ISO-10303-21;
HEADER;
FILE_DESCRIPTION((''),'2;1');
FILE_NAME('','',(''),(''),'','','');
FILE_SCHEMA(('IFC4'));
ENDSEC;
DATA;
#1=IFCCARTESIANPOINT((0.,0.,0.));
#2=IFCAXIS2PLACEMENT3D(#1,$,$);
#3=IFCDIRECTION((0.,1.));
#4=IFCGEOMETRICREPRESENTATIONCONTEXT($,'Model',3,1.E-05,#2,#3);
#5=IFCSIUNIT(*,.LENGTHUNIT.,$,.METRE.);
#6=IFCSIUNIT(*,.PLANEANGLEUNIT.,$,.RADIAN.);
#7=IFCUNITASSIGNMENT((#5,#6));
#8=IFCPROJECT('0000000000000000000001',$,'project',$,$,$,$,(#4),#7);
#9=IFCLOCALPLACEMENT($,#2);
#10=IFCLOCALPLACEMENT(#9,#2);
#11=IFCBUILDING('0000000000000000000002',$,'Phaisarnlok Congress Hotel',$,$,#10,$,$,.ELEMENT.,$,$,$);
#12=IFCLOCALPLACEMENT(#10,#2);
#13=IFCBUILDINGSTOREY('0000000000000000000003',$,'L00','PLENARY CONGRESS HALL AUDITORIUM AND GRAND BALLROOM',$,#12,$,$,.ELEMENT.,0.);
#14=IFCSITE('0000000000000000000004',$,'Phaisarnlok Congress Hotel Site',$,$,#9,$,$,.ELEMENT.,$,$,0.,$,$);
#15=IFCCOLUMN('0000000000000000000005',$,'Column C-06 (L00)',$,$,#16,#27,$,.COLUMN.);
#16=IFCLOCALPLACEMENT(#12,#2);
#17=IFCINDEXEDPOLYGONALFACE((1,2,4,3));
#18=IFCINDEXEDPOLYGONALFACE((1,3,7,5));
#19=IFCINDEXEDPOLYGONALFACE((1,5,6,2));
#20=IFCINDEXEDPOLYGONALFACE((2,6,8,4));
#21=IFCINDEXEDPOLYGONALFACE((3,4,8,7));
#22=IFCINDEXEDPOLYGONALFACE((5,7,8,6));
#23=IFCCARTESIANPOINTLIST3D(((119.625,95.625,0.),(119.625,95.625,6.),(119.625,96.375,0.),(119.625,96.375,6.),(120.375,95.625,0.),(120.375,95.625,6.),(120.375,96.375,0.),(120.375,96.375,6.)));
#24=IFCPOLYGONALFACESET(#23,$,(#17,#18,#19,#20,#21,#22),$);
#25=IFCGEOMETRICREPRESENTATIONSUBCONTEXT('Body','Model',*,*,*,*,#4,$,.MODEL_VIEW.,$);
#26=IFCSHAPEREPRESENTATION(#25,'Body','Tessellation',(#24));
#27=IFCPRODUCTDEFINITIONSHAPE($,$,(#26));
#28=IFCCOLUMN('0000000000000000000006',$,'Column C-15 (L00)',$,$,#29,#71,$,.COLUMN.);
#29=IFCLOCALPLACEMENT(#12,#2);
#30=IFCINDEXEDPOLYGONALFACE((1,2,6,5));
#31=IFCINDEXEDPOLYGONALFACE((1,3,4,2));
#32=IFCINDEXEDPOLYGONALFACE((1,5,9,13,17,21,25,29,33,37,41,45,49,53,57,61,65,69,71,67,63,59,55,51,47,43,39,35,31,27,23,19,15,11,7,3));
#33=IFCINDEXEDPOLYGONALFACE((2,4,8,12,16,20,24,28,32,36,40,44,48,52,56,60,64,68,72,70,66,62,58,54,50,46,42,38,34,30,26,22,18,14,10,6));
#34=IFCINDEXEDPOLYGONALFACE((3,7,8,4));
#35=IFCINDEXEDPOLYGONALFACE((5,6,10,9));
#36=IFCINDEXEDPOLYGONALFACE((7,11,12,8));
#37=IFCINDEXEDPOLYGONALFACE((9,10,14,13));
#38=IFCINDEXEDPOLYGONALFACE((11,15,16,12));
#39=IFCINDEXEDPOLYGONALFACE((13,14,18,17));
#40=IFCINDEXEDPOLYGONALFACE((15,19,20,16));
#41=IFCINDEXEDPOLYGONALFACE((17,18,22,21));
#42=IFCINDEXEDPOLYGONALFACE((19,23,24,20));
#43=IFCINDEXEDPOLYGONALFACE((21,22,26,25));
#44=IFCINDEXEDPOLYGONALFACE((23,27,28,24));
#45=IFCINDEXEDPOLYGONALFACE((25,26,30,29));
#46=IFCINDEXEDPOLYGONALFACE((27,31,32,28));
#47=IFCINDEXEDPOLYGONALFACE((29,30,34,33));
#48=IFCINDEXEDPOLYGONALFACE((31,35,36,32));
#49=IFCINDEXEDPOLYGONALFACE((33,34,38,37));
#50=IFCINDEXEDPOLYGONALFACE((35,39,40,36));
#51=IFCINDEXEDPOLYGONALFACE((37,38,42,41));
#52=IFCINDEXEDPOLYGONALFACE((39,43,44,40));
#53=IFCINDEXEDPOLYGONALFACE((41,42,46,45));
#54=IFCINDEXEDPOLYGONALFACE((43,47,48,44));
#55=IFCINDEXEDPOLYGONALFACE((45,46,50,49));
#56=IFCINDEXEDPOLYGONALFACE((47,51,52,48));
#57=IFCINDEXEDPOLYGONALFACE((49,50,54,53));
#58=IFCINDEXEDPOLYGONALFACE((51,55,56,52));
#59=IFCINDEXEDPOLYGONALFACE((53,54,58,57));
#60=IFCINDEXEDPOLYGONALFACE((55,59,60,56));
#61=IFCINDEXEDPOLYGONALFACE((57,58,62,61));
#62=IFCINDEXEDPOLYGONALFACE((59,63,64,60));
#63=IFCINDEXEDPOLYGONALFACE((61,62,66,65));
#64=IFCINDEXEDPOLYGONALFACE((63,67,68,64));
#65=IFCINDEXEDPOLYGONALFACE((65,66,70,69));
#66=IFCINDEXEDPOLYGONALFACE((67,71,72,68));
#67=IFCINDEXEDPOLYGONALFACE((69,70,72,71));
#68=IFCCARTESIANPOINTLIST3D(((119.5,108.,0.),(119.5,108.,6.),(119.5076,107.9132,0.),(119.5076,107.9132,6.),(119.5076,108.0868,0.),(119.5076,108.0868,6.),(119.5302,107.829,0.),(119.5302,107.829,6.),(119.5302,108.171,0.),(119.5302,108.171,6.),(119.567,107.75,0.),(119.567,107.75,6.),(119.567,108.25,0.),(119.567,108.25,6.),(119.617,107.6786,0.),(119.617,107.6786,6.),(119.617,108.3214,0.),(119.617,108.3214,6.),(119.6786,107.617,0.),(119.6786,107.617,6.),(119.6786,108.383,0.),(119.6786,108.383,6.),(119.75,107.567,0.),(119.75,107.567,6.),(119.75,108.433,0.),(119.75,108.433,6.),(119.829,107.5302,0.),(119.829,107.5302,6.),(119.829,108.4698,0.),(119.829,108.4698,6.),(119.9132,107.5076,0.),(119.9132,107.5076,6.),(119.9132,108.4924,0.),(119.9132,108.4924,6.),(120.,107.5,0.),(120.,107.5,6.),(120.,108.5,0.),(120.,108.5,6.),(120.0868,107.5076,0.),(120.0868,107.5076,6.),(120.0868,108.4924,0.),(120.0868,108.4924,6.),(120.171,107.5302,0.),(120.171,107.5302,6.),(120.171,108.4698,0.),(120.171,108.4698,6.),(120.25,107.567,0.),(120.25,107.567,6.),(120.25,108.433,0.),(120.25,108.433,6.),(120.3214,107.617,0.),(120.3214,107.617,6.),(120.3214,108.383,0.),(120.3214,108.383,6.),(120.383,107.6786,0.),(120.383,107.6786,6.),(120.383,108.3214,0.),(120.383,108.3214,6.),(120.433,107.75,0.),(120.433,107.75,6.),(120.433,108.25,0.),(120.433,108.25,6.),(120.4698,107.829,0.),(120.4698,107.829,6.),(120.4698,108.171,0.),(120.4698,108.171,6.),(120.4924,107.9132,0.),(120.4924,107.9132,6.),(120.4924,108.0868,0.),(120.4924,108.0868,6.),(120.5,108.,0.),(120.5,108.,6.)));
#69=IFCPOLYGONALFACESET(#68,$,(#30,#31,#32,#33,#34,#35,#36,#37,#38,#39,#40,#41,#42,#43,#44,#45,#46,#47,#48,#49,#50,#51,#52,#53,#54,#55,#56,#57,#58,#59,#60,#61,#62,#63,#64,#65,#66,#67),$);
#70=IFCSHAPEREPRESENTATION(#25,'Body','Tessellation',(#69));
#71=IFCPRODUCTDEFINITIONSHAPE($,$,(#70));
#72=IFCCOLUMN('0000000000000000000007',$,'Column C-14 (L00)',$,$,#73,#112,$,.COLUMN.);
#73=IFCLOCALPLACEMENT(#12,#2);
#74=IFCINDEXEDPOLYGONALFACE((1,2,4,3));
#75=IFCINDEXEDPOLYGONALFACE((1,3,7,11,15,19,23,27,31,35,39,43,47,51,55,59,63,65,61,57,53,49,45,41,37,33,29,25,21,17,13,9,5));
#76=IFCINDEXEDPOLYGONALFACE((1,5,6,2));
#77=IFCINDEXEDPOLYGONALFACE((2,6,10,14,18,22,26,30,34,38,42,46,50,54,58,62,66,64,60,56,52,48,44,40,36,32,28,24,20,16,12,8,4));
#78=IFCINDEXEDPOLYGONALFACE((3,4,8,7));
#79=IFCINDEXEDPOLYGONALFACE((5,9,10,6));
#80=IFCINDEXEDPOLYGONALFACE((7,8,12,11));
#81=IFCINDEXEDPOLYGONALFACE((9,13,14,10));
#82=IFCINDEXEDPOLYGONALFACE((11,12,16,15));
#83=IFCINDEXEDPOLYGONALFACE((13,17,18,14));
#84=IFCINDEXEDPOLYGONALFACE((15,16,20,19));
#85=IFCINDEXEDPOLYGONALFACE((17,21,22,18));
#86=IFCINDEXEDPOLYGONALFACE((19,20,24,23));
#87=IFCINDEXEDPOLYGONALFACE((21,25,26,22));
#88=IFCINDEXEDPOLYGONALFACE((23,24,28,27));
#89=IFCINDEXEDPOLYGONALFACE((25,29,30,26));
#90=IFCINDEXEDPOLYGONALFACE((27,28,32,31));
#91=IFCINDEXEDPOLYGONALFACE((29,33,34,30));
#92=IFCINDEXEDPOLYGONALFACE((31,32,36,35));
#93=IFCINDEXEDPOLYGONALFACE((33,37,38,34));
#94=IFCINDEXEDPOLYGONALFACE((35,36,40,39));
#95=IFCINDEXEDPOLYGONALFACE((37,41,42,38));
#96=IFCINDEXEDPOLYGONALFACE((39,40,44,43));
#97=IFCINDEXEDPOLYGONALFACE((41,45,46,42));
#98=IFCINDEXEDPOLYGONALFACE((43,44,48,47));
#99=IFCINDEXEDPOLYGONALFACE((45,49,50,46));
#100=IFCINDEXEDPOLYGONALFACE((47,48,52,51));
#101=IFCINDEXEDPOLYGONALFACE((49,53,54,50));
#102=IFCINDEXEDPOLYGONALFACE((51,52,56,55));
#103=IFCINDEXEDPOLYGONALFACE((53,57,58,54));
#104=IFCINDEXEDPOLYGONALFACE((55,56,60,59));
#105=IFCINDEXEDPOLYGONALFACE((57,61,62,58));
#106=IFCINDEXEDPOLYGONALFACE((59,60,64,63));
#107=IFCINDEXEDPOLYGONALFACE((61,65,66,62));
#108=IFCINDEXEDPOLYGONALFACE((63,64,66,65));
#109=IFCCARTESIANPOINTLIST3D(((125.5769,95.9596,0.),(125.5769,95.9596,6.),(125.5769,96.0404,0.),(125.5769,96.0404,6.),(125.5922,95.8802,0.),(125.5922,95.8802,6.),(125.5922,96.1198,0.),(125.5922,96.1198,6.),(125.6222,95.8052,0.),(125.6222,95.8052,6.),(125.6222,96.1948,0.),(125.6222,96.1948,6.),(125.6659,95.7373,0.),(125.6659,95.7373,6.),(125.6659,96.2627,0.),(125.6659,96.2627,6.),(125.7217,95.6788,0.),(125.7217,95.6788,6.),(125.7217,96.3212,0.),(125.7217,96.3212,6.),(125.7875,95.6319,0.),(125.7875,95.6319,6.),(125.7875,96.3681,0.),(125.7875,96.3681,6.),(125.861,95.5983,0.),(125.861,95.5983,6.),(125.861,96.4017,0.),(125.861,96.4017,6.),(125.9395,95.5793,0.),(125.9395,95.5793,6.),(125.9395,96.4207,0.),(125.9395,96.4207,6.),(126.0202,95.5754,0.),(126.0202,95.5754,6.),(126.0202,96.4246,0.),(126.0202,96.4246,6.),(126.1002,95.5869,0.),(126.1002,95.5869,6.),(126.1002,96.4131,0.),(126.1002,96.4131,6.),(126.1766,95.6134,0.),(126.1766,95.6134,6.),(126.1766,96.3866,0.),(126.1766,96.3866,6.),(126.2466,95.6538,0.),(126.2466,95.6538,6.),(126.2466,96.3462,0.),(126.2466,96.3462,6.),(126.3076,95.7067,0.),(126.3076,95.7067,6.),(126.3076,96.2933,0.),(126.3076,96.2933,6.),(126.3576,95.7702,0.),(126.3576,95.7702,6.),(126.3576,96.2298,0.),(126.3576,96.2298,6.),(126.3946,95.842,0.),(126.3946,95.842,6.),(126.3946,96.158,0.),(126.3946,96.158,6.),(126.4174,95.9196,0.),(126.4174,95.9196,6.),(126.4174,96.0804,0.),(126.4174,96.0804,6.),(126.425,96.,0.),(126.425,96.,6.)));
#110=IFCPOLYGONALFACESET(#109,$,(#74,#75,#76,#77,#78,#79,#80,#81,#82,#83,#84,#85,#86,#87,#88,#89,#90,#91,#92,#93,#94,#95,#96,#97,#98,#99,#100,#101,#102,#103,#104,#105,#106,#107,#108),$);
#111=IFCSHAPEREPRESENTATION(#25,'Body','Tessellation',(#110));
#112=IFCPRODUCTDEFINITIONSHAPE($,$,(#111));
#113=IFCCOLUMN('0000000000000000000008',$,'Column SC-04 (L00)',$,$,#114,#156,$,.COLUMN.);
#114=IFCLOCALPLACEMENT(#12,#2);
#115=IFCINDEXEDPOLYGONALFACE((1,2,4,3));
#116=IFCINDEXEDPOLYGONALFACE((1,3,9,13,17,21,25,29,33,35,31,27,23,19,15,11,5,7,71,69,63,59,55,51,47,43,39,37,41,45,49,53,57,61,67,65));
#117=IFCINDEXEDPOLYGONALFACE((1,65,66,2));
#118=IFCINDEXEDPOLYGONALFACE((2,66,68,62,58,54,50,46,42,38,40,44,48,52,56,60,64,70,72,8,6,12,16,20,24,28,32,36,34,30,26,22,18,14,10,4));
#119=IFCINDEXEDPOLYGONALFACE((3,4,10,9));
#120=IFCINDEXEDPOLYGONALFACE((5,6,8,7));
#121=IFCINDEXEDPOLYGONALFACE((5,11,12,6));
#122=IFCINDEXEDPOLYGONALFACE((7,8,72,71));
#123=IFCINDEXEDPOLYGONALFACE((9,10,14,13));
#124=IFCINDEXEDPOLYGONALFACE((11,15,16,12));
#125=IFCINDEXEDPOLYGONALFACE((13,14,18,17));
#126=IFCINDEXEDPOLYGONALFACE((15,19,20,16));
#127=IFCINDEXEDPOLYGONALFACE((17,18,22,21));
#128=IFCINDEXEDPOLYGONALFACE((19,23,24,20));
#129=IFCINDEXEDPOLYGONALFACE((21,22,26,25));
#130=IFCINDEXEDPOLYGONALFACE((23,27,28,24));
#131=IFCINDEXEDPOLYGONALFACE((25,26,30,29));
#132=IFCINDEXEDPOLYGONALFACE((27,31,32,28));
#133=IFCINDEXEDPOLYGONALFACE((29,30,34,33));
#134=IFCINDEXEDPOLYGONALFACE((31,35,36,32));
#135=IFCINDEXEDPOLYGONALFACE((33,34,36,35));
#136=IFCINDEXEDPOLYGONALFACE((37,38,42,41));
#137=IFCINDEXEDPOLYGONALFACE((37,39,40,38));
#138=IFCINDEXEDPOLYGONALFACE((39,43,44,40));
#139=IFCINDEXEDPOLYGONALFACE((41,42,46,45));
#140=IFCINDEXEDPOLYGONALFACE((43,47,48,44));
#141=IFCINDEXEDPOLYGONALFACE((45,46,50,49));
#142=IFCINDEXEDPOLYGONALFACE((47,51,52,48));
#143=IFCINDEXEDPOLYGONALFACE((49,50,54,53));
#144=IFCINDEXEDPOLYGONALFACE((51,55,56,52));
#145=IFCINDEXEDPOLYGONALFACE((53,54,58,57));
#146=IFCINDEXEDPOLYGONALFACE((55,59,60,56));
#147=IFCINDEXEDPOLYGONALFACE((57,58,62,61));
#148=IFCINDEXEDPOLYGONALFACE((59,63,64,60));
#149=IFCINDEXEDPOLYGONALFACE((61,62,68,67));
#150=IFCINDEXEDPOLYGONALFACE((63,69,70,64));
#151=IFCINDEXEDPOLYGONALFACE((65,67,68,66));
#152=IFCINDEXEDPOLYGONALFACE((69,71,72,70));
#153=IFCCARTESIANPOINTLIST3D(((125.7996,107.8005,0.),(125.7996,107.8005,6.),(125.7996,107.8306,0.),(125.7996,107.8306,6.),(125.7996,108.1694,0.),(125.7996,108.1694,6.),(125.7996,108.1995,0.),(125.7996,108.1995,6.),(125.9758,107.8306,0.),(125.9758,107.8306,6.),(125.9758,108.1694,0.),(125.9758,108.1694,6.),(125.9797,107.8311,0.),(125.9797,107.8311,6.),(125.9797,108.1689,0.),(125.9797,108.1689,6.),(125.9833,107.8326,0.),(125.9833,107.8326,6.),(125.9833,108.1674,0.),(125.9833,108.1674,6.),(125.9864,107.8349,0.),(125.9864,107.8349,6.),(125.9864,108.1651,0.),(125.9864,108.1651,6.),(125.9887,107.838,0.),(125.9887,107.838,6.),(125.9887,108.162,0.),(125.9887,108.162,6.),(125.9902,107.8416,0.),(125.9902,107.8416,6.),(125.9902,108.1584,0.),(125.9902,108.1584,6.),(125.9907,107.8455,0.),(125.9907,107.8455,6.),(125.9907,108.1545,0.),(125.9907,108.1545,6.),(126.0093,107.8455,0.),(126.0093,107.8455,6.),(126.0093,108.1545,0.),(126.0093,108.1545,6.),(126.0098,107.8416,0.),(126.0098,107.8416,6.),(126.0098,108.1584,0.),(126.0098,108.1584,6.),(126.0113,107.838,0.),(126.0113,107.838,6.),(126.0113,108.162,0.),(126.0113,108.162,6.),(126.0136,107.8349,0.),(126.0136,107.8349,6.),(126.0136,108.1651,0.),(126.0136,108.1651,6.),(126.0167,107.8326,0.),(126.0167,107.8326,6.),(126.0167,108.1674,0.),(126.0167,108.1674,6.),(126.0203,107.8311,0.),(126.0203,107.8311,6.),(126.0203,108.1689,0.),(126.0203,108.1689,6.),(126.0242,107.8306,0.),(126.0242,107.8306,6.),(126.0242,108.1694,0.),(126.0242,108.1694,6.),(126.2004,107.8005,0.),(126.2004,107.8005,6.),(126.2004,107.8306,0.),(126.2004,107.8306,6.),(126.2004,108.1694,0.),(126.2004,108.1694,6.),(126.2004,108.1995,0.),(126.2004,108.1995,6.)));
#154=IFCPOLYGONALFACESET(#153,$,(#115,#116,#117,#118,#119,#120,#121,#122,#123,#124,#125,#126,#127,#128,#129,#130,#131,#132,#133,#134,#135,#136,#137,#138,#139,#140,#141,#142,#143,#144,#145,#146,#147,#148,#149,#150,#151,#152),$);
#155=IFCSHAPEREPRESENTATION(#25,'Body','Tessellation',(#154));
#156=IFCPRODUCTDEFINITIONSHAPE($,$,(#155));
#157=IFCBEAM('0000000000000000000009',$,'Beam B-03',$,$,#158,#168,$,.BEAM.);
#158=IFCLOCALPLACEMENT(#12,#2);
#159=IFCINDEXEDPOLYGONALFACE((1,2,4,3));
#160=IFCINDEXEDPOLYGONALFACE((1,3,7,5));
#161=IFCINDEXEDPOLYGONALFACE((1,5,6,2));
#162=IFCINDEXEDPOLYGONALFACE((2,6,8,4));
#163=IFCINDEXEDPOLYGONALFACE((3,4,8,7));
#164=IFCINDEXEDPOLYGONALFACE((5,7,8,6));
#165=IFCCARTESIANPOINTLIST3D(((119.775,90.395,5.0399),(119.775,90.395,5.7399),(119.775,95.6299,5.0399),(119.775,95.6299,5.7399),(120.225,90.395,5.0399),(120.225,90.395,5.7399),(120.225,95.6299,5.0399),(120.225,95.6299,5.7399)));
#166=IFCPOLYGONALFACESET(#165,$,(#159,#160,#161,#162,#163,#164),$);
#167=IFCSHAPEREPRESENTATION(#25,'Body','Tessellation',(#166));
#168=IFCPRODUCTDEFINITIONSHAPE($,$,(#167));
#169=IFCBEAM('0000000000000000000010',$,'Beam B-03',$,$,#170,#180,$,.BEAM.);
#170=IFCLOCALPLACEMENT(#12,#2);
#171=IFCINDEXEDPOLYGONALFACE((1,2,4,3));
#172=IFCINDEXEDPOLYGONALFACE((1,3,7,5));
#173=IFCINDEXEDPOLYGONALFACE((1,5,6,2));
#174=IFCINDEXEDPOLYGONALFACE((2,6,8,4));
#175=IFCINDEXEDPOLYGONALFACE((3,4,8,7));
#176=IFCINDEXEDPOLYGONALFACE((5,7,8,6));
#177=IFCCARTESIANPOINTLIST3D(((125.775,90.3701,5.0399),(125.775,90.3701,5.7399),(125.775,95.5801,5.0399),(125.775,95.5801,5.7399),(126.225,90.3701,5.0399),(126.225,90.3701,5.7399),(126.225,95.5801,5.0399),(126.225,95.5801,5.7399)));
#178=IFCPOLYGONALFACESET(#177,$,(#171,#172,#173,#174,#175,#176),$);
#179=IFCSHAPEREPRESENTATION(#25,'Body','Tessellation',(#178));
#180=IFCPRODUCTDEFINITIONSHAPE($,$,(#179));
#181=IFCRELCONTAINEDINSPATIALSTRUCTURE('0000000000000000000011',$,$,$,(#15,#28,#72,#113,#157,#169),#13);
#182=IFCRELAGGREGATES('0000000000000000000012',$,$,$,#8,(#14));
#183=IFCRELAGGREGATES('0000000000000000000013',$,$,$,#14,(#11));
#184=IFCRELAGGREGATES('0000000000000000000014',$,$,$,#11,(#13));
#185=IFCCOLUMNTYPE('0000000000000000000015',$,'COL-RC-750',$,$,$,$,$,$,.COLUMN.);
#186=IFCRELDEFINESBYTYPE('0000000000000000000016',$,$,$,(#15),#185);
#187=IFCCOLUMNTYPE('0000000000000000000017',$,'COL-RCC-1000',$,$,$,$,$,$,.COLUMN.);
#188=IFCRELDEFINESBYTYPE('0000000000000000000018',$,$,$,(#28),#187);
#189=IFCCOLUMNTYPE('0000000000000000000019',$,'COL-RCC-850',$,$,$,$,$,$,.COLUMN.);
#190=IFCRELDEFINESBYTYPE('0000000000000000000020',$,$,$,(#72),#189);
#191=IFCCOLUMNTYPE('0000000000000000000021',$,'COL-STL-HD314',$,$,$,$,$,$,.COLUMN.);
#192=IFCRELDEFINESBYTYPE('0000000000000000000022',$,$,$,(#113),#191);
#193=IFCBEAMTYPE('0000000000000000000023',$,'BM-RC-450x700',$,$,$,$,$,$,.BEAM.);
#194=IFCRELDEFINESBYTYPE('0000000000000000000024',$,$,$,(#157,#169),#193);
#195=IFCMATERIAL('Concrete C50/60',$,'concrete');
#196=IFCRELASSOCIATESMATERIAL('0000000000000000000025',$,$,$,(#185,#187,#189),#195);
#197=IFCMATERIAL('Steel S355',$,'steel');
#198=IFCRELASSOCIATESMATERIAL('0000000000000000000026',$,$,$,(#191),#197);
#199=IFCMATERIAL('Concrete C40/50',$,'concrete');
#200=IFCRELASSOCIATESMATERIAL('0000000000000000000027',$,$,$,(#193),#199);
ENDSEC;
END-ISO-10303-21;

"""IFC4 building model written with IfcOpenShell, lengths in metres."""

from ifc_helpers import new_model, si_unit, direction, frame, origin, origin_2d, place, context, subcontext, project, spatial, rectangle, circle, i_section, extrude, material, material_profile, profile_set, type_object, element, save


model = new_model("IFC4")

# Units and contexts
model_context = context("Model", 3, precision=1e-05, world=origin(), true_north=direction((0.0, 1.0)))
body_context = subcontext(model_context, "Body", "Model", "MODEL_VIEW")
ifc_project = project(units=[si_unit("LENGTHUNIT", "METRE"), si_unit("PLANEANGLEUNIT", "RADIAN")], contexts=[model_context])

# Site, building, storey
site_placement = place(None, origin())
site = spatial("IfcSite", under=ifc_project, at=site_placement, Name="Phaisarnlok Congress Hotel Site", CompositionType="ELEMENT", RefElevation=0.0)
building_placement = place(site_placement, origin())
building = spatial("IfcBuilding", under=site, at=building_placement, Name="Phaisarnlok Congress Hotel", CompositionType="ELEMENT")
storey_placement = place(building_placement, origin())
storey = spatial("IfcBuildingStorey", under=building, at=storey_placement, Name="L00", Description="PLENARY CONGRESS HALL AUDITORIUM AND GRAND BALLROOM", CompositionType="ELEMENT", Elevation=0.0)

# Columns
ifc_material_1 = material(Name="Concrete C50/60", Category="concrete")
ifc_material_profile_1 = material_profile(ifc_material_1, rectangle(XDim=0.75, YDim=0.75, at=origin_2d()), Name="RC 750x750")
ifc_profile_set_1 = profile_set([ifc_material_profile_1], Name="Concrete C50/60")
column_type_1 = type_object("IfcColumnType", Name="COL-RC-750", PredefinedType="COLUMN", material=ifc_profile_set_1)
column_1_placement = place(storey_placement, frame((120.0, 96.0, 0.0), z_axis=(0.0, 0.0, 1.0), x_axis=(1.0, 0.0, 0.0)))
element("IfcColumn", 1, at=column_1_placement, inside=storey, type_object=column_type_1, Name="Column C-06 (L00)", PredefinedType="COLUMN", context=body_context, shape_type="SweptSolid", body=[
    extrude(rectangle(XDim=0.75, YDim=0.75, at=origin_2d()), origin(), (0.0, 0.0, 1.0), 6.0),
])
ifc_material_profile_2 = material_profile(ifc_material_1, circle(Radius=0.5, at=origin_2d()), Name="RCC D1000")
ifc_profile_set_2 = profile_set([ifc_material_profile_2], Name="Concrete C50/60")
column_type_2 = type_object("IfcColumnType", Name="COL-RCC-1000", PredefinedType="COLUMN", material=ifc_profile_set_2)
column_2_placement = place(storey_placement, frame((120.0, 108.0, 0.0), z_axis=(0.0, 0.0, 1.0), x_axis=(1.0, 0.0, 0.0)))
element("IfcColumn", 2, at=column_2_placement, inside=storey, type_object=column_type_2, Name="Column C-15 (L00)", PredefinedType="COLUMN", context=body_context, shape_type="SweptSolid", body=[
    extrude(circle(Radius=0.5, at=origin_2d()), origin(), (0.0, 0.0, 1.0), 6.0),
])
ifc_material_profile_3 = material_profile(ifc_material_1, circle(Radius=0.425, at=origin_2d()), Name="RCC D850")
ifc_profile_set_3 = profile_set([ifc_material_profile_3], Name="Concrete C50/60")
column_type_3 = type_object("IfcColumnType", Name="COL-RCC-850", PredefinedType="COLUMN", material=ifc_profile_set_3)
column_3_placement = place(storey_placement, frame((126.0, 96.0, 0.0), z_axis=(0.0, 0.0, 1.0), x_axis=(1.0, 0.0, 0.0)))
element("IfcColumn", 3, at=column_3_placement, inside=storey, type_object=column_type_3, Name="Column C-14 (L00)", PredefinedType="COLUMN", context=body_context, shape_type="SweptSolid", body=[
    extrude(circle(Radius=0.425, at=origin_2d()), origin(), (0.0, 0.0, 1.0), 6.0),
])
ifc_material_2 = material(Name="Steel S355", Category="steel")
ifc_material_profile_4 = material_profile(ifc_material_2, i_section(OverallWidth=0.4009, OverallDepth=0.3989, WebThickness=0.0186, FlangeThickness=0.03, FilletRadius=0.0149, at=origin_2d()), Name="HD 400x314")
ifc_profile_set_4 = profile_set([ifc_material_profile_4], Name="Steel S355")
column_type_4 = type_object("IfcColumnType", Name="COL-STL-HD314", PredefinedType="COLUMN", material=ifc_profile_set_4)
column_4_placement = place(storey_placement, frame((126.0, 108.0, 0.0), z_axis=(0.0, 0.0, 1.0), x_axis=(1.0, 0.0, 0.0)))
element("IfcColumn", 4, at=column_4_placement, inside=storey, type_object=column_type_4, Name="Column SC-04 (L00)", PredefinedType="COLUMN", context=body_context, shape_type="SweptSolid", body=[
    extrude(i_section(OverallWidth=0.4009, OverallDepth=0.3989, WebThickness=0.0186, FlangeThickness=0.03, FilletRadius=0.0149, at=origin_2d()), origin(), (0.0, 0.0, 1.0), 6.0),
])

# Beams
ifc_material_3 = material(Name="Concrete C40/50", Category="concrete")
ifc_material_profile_5 = material_profile(ifc_material_3, rectangle(XDim=0.45, YDim=0.7, at=origin_2d()), Name="RC 450x700")
ifc_profile_set_5 = profile_set([ifc_material_profile_5], Name="Concrete C40/50")
beam_type_1 = type_object("IfcBeamType", Name="BM-RC-450x700", PredefinedType="BEAM", material=ifc_profile_set_5)
beam_1_placement = place(storey_placement, frame((120.0, 90.395, 5.3899), z_axis=(0.0, 1.0, 0.0), x_axis=(-1.0, 0.0, 0.0)))
element("IfcBeam", 5, at=beam_1_placement, inside=storey, type_object=beam_type_1, Name="Beam B-03", PredefinedType="BEAM", context=body_context, shape_type="SweptSolid", body=[
    extrude(rectangle(XDim=0.45, YDim=0.7, at=origin_2d()), origin(), (0.0, 0.0, 1.0), 5.2349),
])
beam_2_placement = place(storey_placement, frame((126.0, 90.3701, 5.3899), z_axis=(0.0, 1.0, 0.0), x_axis=(-1.0, 0.0, 0.0)))
element("IfcBeam", 6, at=beam_2_placement, inside=storey, type_object=beam_type_1, Name="Beam B-03", PredefinedType="BEAM", context=body_context, shape_type="SweptSolid", body=[
    extrude(rectangle(XDim=0.45, YDim=0.7, at=origin_2d()), origin(), (0.0, 0.0, 1.0), 5.21),
])

save(model, "model.ifc")
